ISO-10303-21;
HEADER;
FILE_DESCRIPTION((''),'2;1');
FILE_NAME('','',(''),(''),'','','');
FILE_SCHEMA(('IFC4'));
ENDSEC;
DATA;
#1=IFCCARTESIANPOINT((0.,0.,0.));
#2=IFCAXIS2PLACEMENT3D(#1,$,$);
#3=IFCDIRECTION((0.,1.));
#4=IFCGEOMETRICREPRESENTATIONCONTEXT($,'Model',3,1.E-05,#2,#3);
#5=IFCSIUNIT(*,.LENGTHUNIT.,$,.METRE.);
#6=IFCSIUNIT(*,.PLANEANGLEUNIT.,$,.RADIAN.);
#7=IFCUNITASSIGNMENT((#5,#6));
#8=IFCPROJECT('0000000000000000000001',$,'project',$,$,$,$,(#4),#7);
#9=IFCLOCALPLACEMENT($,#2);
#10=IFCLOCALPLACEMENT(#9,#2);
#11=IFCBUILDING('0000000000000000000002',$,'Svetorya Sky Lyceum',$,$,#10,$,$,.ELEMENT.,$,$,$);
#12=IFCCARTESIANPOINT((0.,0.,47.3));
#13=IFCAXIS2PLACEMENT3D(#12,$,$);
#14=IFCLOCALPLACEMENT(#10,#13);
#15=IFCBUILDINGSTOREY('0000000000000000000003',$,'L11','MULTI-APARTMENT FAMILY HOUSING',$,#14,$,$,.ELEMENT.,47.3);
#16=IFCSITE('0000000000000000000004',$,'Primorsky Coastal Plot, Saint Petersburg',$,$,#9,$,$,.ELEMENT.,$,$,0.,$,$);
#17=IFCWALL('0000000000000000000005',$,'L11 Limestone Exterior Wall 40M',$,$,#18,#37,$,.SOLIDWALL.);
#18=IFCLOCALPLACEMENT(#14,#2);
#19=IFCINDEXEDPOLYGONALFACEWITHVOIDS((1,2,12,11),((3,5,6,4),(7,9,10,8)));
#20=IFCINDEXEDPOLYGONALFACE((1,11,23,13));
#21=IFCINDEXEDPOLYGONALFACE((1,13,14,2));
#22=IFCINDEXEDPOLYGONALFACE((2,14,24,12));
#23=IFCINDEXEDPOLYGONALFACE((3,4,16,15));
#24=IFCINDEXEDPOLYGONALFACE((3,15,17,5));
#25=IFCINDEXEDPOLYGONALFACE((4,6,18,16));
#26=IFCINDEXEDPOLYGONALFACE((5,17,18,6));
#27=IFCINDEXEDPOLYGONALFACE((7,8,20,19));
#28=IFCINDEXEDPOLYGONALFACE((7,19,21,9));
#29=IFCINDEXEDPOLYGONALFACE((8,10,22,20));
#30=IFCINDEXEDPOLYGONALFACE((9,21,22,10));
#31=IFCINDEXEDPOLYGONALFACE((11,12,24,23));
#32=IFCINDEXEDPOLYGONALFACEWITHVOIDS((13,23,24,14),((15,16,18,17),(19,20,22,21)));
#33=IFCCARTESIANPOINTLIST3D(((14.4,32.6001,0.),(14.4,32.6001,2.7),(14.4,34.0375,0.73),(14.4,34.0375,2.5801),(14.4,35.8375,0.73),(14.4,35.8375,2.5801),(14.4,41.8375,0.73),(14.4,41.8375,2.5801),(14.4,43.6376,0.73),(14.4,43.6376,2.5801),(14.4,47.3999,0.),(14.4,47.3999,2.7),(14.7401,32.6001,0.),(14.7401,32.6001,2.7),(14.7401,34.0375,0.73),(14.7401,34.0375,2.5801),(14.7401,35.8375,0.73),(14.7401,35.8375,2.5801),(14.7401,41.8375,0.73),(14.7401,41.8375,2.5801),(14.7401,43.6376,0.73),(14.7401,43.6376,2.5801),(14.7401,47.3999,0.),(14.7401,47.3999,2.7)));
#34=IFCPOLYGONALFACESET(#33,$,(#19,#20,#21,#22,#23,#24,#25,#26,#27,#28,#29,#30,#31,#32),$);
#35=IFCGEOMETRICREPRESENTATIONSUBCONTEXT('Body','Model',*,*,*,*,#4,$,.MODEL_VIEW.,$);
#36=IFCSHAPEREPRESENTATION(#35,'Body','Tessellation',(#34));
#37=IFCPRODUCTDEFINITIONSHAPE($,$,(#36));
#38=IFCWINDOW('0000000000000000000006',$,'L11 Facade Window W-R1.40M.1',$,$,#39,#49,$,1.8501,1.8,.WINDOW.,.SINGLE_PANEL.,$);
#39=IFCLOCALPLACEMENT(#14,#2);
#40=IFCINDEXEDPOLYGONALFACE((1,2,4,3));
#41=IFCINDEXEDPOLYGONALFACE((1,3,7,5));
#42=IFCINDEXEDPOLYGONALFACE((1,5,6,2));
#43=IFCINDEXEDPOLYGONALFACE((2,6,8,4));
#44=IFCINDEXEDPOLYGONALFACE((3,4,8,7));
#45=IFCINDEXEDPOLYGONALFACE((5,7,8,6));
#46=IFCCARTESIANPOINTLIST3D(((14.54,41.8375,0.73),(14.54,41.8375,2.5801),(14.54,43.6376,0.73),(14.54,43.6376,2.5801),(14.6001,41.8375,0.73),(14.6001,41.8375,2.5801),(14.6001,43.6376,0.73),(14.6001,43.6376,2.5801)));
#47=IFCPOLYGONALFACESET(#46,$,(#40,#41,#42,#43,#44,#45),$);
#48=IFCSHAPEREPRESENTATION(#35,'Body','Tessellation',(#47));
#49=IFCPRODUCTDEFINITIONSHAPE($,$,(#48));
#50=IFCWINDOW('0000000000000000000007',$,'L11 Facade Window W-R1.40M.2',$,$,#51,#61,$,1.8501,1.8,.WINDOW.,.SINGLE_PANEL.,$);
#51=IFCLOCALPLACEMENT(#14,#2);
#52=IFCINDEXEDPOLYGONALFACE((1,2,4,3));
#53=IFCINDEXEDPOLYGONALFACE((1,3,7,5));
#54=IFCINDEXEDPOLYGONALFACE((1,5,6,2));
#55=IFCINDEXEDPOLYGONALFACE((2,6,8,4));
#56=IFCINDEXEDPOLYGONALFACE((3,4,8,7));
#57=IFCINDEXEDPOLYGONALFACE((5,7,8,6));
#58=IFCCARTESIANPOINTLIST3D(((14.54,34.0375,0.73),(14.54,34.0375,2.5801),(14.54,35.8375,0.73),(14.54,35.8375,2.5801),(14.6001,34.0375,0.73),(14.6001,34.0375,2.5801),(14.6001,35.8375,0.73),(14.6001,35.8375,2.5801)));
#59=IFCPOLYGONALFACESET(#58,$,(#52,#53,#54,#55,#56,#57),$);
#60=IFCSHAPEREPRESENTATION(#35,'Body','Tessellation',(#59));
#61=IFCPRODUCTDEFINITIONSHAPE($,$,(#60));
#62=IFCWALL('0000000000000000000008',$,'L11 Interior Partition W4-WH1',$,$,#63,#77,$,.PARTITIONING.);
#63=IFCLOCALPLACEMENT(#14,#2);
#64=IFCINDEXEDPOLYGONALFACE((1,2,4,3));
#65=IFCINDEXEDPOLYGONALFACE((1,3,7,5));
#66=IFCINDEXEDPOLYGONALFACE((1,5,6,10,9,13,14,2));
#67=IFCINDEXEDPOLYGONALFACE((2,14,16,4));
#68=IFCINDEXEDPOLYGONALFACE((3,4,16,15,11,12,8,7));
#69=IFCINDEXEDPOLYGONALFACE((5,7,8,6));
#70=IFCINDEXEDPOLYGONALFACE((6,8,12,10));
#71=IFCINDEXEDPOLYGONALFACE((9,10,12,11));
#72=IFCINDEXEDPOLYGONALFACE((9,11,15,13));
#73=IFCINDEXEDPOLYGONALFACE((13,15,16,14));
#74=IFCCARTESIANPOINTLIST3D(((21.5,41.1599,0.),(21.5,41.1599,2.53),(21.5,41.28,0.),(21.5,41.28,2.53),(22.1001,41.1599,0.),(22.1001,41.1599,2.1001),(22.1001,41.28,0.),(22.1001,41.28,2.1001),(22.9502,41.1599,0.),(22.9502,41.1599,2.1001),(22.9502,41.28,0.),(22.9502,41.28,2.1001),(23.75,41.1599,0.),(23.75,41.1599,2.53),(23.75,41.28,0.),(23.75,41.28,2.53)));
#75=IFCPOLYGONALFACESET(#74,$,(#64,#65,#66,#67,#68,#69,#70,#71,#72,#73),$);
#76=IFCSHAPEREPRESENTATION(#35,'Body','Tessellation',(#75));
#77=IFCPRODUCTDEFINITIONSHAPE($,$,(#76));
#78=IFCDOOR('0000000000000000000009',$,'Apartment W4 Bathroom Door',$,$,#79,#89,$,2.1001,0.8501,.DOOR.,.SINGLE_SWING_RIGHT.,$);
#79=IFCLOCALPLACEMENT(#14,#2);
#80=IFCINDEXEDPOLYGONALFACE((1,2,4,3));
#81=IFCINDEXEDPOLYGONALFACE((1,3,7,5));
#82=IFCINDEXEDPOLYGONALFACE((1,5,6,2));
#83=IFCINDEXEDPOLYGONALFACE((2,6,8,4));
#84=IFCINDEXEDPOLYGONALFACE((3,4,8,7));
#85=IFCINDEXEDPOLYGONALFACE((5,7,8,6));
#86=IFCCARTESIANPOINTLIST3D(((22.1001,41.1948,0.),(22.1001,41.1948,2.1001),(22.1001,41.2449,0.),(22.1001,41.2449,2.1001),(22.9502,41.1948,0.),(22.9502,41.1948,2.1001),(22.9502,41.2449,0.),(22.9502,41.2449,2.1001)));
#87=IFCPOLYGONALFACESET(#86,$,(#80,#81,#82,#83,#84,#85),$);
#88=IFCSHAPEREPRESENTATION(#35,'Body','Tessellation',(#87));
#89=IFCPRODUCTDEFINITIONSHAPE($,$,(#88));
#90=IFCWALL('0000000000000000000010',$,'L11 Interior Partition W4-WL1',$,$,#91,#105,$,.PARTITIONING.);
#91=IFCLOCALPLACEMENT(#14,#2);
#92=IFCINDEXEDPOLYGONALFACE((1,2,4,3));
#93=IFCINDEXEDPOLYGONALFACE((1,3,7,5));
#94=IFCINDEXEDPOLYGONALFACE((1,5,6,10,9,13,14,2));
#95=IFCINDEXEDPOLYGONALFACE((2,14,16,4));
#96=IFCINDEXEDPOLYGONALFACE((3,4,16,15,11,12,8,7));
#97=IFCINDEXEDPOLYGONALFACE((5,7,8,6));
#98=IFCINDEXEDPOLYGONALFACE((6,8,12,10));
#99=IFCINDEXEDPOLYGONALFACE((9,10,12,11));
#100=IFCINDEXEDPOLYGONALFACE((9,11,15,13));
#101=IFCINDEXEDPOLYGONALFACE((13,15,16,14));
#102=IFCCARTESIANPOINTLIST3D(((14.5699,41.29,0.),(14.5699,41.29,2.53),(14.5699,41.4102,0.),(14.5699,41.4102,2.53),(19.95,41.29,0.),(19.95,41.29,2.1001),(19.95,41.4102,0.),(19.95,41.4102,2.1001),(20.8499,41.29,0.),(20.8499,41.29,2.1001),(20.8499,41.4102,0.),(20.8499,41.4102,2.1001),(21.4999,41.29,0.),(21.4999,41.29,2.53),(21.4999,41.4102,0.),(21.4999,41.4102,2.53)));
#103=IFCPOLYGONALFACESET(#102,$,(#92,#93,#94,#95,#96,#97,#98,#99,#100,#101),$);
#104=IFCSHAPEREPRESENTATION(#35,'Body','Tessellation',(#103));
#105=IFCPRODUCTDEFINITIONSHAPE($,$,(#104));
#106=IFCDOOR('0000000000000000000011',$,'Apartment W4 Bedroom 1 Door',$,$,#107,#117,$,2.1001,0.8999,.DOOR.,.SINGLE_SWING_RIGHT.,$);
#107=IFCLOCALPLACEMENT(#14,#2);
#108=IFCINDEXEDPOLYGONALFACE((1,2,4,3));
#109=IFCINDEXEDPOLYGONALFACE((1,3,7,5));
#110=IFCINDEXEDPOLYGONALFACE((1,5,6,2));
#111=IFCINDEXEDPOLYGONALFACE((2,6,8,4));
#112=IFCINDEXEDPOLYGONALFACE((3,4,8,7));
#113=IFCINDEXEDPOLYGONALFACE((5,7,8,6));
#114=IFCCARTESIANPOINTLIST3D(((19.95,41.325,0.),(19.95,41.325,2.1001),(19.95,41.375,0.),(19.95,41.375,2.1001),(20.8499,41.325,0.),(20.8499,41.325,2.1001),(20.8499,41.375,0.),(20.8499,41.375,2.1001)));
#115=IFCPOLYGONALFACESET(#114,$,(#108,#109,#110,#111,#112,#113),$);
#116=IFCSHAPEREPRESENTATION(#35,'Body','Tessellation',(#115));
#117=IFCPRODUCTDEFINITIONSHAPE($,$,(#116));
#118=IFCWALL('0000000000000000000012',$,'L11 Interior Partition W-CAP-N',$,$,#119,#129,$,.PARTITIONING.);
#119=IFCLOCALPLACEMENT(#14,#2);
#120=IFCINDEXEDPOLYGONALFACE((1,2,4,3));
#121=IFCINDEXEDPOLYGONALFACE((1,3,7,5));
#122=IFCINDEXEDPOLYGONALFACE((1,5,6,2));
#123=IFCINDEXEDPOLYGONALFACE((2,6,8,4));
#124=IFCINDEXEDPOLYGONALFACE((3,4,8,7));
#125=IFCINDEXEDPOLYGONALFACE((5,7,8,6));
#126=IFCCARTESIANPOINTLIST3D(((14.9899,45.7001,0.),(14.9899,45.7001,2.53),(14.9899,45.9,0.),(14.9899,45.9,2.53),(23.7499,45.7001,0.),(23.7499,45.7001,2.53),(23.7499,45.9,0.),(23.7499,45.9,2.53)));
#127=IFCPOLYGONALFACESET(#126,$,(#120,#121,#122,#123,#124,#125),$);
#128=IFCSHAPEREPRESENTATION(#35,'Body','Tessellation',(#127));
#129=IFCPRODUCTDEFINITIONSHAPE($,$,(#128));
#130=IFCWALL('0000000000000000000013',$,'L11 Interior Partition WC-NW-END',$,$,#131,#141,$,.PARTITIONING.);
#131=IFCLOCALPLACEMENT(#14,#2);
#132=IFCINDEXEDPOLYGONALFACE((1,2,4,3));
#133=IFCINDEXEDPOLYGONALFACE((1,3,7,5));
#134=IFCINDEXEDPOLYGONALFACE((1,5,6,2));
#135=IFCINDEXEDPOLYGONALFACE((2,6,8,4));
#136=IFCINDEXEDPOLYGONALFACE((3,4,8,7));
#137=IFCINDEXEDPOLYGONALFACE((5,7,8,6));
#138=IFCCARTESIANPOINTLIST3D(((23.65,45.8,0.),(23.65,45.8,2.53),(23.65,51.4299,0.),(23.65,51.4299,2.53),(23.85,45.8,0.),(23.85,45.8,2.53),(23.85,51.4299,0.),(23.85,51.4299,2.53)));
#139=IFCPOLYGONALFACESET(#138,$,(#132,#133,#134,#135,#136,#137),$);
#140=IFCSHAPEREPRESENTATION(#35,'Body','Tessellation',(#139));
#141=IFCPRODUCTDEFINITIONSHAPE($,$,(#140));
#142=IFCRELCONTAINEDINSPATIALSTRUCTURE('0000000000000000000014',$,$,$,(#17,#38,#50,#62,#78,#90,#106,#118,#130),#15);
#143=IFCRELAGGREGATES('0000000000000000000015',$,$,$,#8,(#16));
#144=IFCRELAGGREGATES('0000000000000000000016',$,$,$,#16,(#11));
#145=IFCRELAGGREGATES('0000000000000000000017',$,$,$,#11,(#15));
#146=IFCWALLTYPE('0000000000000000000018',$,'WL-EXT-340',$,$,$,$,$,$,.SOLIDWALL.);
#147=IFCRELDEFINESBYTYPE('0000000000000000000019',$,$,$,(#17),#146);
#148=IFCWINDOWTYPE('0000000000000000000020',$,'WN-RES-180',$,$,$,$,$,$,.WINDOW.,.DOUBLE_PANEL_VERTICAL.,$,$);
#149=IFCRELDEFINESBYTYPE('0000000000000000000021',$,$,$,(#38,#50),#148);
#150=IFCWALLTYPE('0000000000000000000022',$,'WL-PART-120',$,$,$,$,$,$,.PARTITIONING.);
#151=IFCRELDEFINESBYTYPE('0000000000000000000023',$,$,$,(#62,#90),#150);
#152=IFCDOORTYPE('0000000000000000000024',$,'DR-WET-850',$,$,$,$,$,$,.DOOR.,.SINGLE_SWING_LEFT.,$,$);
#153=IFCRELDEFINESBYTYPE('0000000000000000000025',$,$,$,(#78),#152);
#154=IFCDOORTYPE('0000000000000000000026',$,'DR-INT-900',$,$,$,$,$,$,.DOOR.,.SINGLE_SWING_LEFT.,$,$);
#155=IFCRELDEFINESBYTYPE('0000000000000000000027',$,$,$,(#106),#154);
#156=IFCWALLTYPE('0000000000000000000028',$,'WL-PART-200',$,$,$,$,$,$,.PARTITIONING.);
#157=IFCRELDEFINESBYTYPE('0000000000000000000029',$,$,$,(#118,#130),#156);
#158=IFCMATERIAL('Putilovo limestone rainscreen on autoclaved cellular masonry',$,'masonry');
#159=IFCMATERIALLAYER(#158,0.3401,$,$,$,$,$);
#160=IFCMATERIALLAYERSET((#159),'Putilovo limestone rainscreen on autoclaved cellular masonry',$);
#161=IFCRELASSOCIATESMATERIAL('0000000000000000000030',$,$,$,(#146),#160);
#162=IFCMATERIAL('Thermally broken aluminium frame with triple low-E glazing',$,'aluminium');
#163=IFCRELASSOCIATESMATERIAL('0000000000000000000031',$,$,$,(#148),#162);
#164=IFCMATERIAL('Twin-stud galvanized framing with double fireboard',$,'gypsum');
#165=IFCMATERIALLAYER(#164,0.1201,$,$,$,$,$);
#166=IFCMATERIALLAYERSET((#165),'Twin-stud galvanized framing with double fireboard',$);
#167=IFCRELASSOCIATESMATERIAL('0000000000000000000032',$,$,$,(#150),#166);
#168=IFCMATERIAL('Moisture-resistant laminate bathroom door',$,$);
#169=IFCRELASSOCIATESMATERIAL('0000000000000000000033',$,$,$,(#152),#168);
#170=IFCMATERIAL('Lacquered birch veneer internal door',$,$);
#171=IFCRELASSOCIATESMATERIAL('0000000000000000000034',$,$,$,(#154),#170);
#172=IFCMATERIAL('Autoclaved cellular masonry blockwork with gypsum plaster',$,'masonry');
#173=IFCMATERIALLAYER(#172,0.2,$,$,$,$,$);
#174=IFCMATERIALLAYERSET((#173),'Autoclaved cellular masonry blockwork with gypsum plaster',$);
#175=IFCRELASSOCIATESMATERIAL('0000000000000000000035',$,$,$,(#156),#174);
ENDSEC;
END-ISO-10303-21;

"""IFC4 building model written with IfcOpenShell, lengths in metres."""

from ifc_helpers import new_model, si_unit, direction, frame, frame_2d, origin, place, context, subcontext, project, spatial, rectangle, extrude, material, layer, layer_set, type_object, element, fill, save


model = new_model("IFC4")

# Units and contexts
model_context = context("Model", 3, precision=1e-05, world=origin(), true_north=direction((0.0, 1.0)))
body_context = subcontext(model_context, "Body", "Model", "MODEL_VIEW")
ifc_project = project(units=[si_unit("LENGTHUNIT", "METRE"), si_unit("PLANEANGLEUNIT", "RADIAN")], contexts=[model_context])

# Site, building, storey
site_placement = place(None, origin())
site = spatial("IfcSite", under=ifc_project, at=site_placement, Name="Primorsky Coastal Plot, Saint Petersburg", CompositionType="ELEMENT", RefElevation=0.0)
building_placement = place(site_placement, origin())
building = spatial("IfcBuilding", under=site, at=building_placement, Name="Svetorya Sky Lyceum", CompositionType="ELEMENT")
storey_placement = place(building_placement, frame((0.0, 0.0, 47.3)))
storey = spatial("IfcBuildingStorey", under=building, at=storey_placement, Name="L11", Description="MULTI-APARTMENT FAMILY HOUSING", CompositionType="ELEMENT", Elevation=47.3)

# Shared definitions
ifc_material_1 = material(Name="Putilovo limestone rainscreen on autoclaved cellular masonry", Category="masonry")
ifc_layer_1 = layer(ifc_material_1, 0.3401)
ifc_layer_set_1 = layer_set([ifc_layer_1], Name="Putilovo limestone rainscreen on autoclaved cellular masonry")
wall_type_1 = type_object("IfcWallType", Name="WL-EXT-340", PredefinedType="SOLIDWALL", material=ifc_layer_set_1)

# Wall, openings, windows
wall_1_placement = place(storey_placement, frame((14.5701, 47.3999, 0.0), z_axis=(0.0, 0.0, 1.0), x_axis=(0.0, -1.0, 0.0)))
wall_1 = element("IfcWall", 1, at=wall_1_placement, inside=storey, type_object=wall_type_1, Name="L11 Limestone Exterior Wall 40M", PredefinedType="SOLIDWALL", context=body_context, shape_type="SweptSolid", body=[
    extrude(rectangle(XDim=14.7998, YDim=0.3401, at=frame_2d((7.3999, 0.0))), origin(), (0.0, 0.0, 1.0), 2.7),
])
opening_1_placement = place(wall_1_placement, frame((3.7625, 0.0, 0.73)))
opening_1 = element("IfcOpeningElement", 2, at=opening_1_placement, cuts=wall_1, PredefinedType="OPENING", context=body_context, shape_type="SweptSolid", body=[
    extrude(rectangle(XDim=1.8, YDim=1.8501, at=frame_2d((0.8999, 0.925))), frame((0.0, 0.1799, 0.0), z_axis=(0.0, -1.0, 0.0), x_axis=(1.0, 0.0, 0.0)), (0.0, 0.0, 1.0), 0.3601),
])
opening_2_placement = place(wall_1_placement, frame((11.5625, 0.0, 0.73)))
opening_2 = element("IfcOpeningElement", 3, at=opening_2_placement, cuts=wall_1, PredefinedType="OPENING", context=body_context, shape_type="SweptSolid", body=[
    extrude(rectangle(XDim=1.8, YDim=1.8501, at=frame_2d((0.8999, 0.925))), frame((0.0, 0.1799, 0.0), z_axis=(0.0, -1.0, 0.0), x_axis=(1.0, 0.0, 0.0)), (0.0, 0.0, 1.0), 0.3601),
])
ifc_material_2 = material(Name="Thermally broken aluminium frame with triple low-E glazing", Category="aluminium")
window_type = type_object("IfcWindowType", Name="WN-RES-180", PartitioningType="DOUBLE_PANEL_VERTICAL", PredefinedType="WINDOW", material=ifc_material_2)
window_1_placement = place(opening_1_placement, origin())
window_1 = element("IfcWindow", 4, at=window_1_placement, inside=storey, type_object=window_type, Name="L11 Facade Window W-R1.40M.1", OverallHeight=1.8501, OverallWidth=1.8, PartitioningType="SINGLE_PANEL", PredefinedType="WINDOW", context=body_context, shape_type="SweptSolid", body=[
    extrude(rectangle(XDim=1.8, YDim=1.8501, at=frame_2d((0.8999, 0.925))), frame((0.0, 0.03, 0.0), z_axis=(0.0, -1.0, 0.0), x_axis=(1.0, 0.0, 0.0)), (0.0, 0.0, 1.0), 0.0601),
])
fill(opening_1, window_1)
window_2_placement = place(opening_2_placement, origin())
window_2 = element("IfcWindow", 5, at=window_2_placement, inside=storey, type_object=window_type, Name="L11 Facade Window W-R1.40M.2", OverallHeight=1.8501, OverallWidth=1.8, PartitioningType="SINGLE_PANEL", PredefinedType="WINDOW", context=body_context, shape_type="SweptSolid", body=[
    extrude(rectangle(XDim=1.8, YDim=1.8501, at=frame_2d((0.8999, 0.925))), frame((0.0, 0.03, 0.0), z_axis=(0.0, -1.0, 0.0), x_axis=(1.0, 0.0, 0.0)), (0.0, 0.0, 1.0), 0.0601),
])
fill(opening_2, window_2)

# Walls, openings, doors
ifc_material_3 = material(Name="Twin-stud galvanized framing with double fireboard", Category="gypsum")
ifc_layer_2 = layer(ifc_material_3, 0.1201)
ifc_layer_set_2 = layer_set([ifc_layer_2], Name="Twin-stud galvanized framing with double fireboard")
wall_type_2 = type_object("IfcWallType", Name="WL-PART-120", PredefinedType="PARTITIONING", material=ifc_layer_set_2)
wall_2_placement = place(storey_placement, frame((21.5, 41.22, 0.0), z_axis=(0.0, 0.0, 1.0), x_axis=(1.0, 0.0, 0.0)))
wall_2 = element("IfcWall", 6, at=wall_2_placement, inside=storey, type_object=wall_type_2, Name="L11 Interior Partition W4-WH1", PredefinedType="PARTITIONING", context=body_context, shape_type="SweptSolid", body=[
    extrude(rectangle(XDim=2.25, YDim=0.1201, at=frame_2d((1.125, 0.0))), origin(), (0.0, 0.0, 1.0), 2.53),
])
opening_3_placement = place(wall_2_placement, frame((0.6001, 0.0, 0.0)))
opening_3 = element("IfcOpeningElement", 7, at=opening_3_placement, cuts=wall_2, PredefinedType="OPENING", context=body_context, shape_type="SweptSolid", body=[
    extrude(rectangle(XDim=0.8501, YDim=2.1001, at=frame_2d((0.425, 1.05))), frame((0.0, 0.0701, 0.0), z_axis=(0.0, -1.0, 0.0), x_axis=(1.0, 0.0, 0.0)), (0.0, 0.0, 1.0), 0.1401),
])
ifc_material_4 = material(Name="Moisture-resistant laminate bathroom door")
door_type_1 = type_object("IfcDoorType", Name="DR-WET-850", OperationType="SINGLE_SWING_LEFT", PredefinedType="DOOR", material=ifc_material_4)
door_1_placement = place(opening_3_placement, origin())
door_1 = element("IfcDoor", 8, at=door_1_placement, inside=storey, type_object=door_type_1, Name="Apartment W4 Bathroom Door", OperationType="SINGLE_SWING_RIGHT", OverallHeight=2.1001, OverallWidth=0.8501, PredefinedType="DOOR", context=body_context, shape_type="SweptSolid", body=[
    extrude(rectangle(XDim=0.8501, YDim=2.1001, at=frame_2d((0.425, 1.05))), frame((0.0, 0.0249, 0.0), z_axis=(0.0, -1.0, 0.0), x_axis=(1.0, 0.0, 0.0)), (0.0, 0.0, 1.0), 0.05),
])
fill(opening_3, door_1)
wall_3_placement = place(storey_placement, frame((14.5701, 41.3501, 0.0), z_axis=(0.0, 0.0, 1.0), x_axis=(1.0, 0.0, 0.0)))
wall_3 = element("IfcWall", 9, at=wall_3_placement, inside=storey, type_object=wall_type_2, Name="L11 Interior Partition W4-WL1", PredefinedType="PARTITIONING", context=body_context, shape_type="SweptSolid", body=[
    extrude(rectangle(XDim=6.9299, YDim=0.1201, at=frame_2d((3.4648, 0.0))), origin(), (0.0, 0.0, 1.0), 2.53),
])
opening_4_placement = place(wall_3_placement, frame((5.3799, 0.0, 0.0)))
opening_4 = element("IfcOpeningElement", 10, at=opening_4_placement, cuts=wall_3, PredefinedType="OPENING", context=body_context, shape_type="SweptSolid", body=[
    extrude(rectangle(XDim=0.8999, YDim=2.1001, at=frame_2d((0.45, 1.05))), frame((0.0, 0.0701, 0.0), z_axis=(0.0, -1.0, 0.0), x_axis=(1.0, 0.0, 0.0)), (0.0, 0.0, 1.0), 0.1401),
])
ifc_material_5 = material(Name="Lacquered birch veneer internal door")
door_type_2 = type_object("IfcDoorType", Name="DR-INT-900", OperationType="SINGLE_SWING_LEFT", PredefinedType="DOOR", material=ifc_material_5)
door_2_placement = place(opening_4_placement, origin())
door_2 = element("IfcDoor", 11, at=door_2_placement, inside=storey, type_object=door_type_2, Name="Apartment W4 Bedroom 1 Door", OperationType="SINGLE_SWING_RIGHT", OverallHeight=2.1001, OverallWidth=0.8999, PredefinedType="DOOR", context=body_context, shape_type="SweptSolid", body=[
    extrude(rectangle(XDim=0.8999, YDim=2.1001, at=frame_2d((0.45, 1.05))), frame((0.0, 0.0249, 0.0), z_axis=(0.0, -1.0, 0.0), x_axis=(1.0, 0.0, 0.0)), (0.0, 0.0, 1.0), 0.05),
])
fill(opening_4, door_2)

# Walls
ifc_material_6 = material(Name="Autoclaved cellular masonry blockwork with gypsum plaster", Category="masonry")
ifc_layer_3 = layer(ifc_material_6, 0.2)
ifc_layer_set_3 = layer_set([ifc_layer_3], Name="Autoclaved cellular masonry blockwork with gypsum plaster")
wall_type_3 = type_object("IfcWallType", Name="WL-PART-200", PredefinedType="PARTITIONING", material=ifc_layer_set_3)
wall_4_placement = place(storey_placement, frame((14.99, 45.8, 0.0), z_axis=(0.0, 0.0, 1.0), x_axis=(1.0, 0.0, 0.0)))
element("IfcWall", 12, at=wall_4_placement, inside=storey, type_object=wall_type_3, Name="L11 Interior Partition W-CAP-N", PredefinedType="PARTITIONING", context=body_context, shape_type="SweptSolid", body=[
    extrude(rectangle(XDim=8.76, YDim=0.2, at=frame_2d((4.3799, 0.0))), origin(), (0.0, 0.0, 1.0), 2.53),
])
wall_5_placement = place(storey_placement, frame((23.75, 45.8, 0.0), z_axis=(0.0, 0.0, 1.0), x_axis=(0.0, 1.0, 0.0)))
element("IfcWall", 13, at=wall_5_placement, inside=storey, type_object=wall_type_3, Name="L11 Interior Partition WC-NW-END", PredefinedType="PARTITIONING", context=body_context, shape_type="SweptSolid", body=[
    extrude(rectangle(XDim=5.6299, YDim=0.2, at=frame_2d((2.8149, 0.0))), origin(), (0.0, 0.0, 1.0), 2.53),
])

save(model, "model.ifc")
